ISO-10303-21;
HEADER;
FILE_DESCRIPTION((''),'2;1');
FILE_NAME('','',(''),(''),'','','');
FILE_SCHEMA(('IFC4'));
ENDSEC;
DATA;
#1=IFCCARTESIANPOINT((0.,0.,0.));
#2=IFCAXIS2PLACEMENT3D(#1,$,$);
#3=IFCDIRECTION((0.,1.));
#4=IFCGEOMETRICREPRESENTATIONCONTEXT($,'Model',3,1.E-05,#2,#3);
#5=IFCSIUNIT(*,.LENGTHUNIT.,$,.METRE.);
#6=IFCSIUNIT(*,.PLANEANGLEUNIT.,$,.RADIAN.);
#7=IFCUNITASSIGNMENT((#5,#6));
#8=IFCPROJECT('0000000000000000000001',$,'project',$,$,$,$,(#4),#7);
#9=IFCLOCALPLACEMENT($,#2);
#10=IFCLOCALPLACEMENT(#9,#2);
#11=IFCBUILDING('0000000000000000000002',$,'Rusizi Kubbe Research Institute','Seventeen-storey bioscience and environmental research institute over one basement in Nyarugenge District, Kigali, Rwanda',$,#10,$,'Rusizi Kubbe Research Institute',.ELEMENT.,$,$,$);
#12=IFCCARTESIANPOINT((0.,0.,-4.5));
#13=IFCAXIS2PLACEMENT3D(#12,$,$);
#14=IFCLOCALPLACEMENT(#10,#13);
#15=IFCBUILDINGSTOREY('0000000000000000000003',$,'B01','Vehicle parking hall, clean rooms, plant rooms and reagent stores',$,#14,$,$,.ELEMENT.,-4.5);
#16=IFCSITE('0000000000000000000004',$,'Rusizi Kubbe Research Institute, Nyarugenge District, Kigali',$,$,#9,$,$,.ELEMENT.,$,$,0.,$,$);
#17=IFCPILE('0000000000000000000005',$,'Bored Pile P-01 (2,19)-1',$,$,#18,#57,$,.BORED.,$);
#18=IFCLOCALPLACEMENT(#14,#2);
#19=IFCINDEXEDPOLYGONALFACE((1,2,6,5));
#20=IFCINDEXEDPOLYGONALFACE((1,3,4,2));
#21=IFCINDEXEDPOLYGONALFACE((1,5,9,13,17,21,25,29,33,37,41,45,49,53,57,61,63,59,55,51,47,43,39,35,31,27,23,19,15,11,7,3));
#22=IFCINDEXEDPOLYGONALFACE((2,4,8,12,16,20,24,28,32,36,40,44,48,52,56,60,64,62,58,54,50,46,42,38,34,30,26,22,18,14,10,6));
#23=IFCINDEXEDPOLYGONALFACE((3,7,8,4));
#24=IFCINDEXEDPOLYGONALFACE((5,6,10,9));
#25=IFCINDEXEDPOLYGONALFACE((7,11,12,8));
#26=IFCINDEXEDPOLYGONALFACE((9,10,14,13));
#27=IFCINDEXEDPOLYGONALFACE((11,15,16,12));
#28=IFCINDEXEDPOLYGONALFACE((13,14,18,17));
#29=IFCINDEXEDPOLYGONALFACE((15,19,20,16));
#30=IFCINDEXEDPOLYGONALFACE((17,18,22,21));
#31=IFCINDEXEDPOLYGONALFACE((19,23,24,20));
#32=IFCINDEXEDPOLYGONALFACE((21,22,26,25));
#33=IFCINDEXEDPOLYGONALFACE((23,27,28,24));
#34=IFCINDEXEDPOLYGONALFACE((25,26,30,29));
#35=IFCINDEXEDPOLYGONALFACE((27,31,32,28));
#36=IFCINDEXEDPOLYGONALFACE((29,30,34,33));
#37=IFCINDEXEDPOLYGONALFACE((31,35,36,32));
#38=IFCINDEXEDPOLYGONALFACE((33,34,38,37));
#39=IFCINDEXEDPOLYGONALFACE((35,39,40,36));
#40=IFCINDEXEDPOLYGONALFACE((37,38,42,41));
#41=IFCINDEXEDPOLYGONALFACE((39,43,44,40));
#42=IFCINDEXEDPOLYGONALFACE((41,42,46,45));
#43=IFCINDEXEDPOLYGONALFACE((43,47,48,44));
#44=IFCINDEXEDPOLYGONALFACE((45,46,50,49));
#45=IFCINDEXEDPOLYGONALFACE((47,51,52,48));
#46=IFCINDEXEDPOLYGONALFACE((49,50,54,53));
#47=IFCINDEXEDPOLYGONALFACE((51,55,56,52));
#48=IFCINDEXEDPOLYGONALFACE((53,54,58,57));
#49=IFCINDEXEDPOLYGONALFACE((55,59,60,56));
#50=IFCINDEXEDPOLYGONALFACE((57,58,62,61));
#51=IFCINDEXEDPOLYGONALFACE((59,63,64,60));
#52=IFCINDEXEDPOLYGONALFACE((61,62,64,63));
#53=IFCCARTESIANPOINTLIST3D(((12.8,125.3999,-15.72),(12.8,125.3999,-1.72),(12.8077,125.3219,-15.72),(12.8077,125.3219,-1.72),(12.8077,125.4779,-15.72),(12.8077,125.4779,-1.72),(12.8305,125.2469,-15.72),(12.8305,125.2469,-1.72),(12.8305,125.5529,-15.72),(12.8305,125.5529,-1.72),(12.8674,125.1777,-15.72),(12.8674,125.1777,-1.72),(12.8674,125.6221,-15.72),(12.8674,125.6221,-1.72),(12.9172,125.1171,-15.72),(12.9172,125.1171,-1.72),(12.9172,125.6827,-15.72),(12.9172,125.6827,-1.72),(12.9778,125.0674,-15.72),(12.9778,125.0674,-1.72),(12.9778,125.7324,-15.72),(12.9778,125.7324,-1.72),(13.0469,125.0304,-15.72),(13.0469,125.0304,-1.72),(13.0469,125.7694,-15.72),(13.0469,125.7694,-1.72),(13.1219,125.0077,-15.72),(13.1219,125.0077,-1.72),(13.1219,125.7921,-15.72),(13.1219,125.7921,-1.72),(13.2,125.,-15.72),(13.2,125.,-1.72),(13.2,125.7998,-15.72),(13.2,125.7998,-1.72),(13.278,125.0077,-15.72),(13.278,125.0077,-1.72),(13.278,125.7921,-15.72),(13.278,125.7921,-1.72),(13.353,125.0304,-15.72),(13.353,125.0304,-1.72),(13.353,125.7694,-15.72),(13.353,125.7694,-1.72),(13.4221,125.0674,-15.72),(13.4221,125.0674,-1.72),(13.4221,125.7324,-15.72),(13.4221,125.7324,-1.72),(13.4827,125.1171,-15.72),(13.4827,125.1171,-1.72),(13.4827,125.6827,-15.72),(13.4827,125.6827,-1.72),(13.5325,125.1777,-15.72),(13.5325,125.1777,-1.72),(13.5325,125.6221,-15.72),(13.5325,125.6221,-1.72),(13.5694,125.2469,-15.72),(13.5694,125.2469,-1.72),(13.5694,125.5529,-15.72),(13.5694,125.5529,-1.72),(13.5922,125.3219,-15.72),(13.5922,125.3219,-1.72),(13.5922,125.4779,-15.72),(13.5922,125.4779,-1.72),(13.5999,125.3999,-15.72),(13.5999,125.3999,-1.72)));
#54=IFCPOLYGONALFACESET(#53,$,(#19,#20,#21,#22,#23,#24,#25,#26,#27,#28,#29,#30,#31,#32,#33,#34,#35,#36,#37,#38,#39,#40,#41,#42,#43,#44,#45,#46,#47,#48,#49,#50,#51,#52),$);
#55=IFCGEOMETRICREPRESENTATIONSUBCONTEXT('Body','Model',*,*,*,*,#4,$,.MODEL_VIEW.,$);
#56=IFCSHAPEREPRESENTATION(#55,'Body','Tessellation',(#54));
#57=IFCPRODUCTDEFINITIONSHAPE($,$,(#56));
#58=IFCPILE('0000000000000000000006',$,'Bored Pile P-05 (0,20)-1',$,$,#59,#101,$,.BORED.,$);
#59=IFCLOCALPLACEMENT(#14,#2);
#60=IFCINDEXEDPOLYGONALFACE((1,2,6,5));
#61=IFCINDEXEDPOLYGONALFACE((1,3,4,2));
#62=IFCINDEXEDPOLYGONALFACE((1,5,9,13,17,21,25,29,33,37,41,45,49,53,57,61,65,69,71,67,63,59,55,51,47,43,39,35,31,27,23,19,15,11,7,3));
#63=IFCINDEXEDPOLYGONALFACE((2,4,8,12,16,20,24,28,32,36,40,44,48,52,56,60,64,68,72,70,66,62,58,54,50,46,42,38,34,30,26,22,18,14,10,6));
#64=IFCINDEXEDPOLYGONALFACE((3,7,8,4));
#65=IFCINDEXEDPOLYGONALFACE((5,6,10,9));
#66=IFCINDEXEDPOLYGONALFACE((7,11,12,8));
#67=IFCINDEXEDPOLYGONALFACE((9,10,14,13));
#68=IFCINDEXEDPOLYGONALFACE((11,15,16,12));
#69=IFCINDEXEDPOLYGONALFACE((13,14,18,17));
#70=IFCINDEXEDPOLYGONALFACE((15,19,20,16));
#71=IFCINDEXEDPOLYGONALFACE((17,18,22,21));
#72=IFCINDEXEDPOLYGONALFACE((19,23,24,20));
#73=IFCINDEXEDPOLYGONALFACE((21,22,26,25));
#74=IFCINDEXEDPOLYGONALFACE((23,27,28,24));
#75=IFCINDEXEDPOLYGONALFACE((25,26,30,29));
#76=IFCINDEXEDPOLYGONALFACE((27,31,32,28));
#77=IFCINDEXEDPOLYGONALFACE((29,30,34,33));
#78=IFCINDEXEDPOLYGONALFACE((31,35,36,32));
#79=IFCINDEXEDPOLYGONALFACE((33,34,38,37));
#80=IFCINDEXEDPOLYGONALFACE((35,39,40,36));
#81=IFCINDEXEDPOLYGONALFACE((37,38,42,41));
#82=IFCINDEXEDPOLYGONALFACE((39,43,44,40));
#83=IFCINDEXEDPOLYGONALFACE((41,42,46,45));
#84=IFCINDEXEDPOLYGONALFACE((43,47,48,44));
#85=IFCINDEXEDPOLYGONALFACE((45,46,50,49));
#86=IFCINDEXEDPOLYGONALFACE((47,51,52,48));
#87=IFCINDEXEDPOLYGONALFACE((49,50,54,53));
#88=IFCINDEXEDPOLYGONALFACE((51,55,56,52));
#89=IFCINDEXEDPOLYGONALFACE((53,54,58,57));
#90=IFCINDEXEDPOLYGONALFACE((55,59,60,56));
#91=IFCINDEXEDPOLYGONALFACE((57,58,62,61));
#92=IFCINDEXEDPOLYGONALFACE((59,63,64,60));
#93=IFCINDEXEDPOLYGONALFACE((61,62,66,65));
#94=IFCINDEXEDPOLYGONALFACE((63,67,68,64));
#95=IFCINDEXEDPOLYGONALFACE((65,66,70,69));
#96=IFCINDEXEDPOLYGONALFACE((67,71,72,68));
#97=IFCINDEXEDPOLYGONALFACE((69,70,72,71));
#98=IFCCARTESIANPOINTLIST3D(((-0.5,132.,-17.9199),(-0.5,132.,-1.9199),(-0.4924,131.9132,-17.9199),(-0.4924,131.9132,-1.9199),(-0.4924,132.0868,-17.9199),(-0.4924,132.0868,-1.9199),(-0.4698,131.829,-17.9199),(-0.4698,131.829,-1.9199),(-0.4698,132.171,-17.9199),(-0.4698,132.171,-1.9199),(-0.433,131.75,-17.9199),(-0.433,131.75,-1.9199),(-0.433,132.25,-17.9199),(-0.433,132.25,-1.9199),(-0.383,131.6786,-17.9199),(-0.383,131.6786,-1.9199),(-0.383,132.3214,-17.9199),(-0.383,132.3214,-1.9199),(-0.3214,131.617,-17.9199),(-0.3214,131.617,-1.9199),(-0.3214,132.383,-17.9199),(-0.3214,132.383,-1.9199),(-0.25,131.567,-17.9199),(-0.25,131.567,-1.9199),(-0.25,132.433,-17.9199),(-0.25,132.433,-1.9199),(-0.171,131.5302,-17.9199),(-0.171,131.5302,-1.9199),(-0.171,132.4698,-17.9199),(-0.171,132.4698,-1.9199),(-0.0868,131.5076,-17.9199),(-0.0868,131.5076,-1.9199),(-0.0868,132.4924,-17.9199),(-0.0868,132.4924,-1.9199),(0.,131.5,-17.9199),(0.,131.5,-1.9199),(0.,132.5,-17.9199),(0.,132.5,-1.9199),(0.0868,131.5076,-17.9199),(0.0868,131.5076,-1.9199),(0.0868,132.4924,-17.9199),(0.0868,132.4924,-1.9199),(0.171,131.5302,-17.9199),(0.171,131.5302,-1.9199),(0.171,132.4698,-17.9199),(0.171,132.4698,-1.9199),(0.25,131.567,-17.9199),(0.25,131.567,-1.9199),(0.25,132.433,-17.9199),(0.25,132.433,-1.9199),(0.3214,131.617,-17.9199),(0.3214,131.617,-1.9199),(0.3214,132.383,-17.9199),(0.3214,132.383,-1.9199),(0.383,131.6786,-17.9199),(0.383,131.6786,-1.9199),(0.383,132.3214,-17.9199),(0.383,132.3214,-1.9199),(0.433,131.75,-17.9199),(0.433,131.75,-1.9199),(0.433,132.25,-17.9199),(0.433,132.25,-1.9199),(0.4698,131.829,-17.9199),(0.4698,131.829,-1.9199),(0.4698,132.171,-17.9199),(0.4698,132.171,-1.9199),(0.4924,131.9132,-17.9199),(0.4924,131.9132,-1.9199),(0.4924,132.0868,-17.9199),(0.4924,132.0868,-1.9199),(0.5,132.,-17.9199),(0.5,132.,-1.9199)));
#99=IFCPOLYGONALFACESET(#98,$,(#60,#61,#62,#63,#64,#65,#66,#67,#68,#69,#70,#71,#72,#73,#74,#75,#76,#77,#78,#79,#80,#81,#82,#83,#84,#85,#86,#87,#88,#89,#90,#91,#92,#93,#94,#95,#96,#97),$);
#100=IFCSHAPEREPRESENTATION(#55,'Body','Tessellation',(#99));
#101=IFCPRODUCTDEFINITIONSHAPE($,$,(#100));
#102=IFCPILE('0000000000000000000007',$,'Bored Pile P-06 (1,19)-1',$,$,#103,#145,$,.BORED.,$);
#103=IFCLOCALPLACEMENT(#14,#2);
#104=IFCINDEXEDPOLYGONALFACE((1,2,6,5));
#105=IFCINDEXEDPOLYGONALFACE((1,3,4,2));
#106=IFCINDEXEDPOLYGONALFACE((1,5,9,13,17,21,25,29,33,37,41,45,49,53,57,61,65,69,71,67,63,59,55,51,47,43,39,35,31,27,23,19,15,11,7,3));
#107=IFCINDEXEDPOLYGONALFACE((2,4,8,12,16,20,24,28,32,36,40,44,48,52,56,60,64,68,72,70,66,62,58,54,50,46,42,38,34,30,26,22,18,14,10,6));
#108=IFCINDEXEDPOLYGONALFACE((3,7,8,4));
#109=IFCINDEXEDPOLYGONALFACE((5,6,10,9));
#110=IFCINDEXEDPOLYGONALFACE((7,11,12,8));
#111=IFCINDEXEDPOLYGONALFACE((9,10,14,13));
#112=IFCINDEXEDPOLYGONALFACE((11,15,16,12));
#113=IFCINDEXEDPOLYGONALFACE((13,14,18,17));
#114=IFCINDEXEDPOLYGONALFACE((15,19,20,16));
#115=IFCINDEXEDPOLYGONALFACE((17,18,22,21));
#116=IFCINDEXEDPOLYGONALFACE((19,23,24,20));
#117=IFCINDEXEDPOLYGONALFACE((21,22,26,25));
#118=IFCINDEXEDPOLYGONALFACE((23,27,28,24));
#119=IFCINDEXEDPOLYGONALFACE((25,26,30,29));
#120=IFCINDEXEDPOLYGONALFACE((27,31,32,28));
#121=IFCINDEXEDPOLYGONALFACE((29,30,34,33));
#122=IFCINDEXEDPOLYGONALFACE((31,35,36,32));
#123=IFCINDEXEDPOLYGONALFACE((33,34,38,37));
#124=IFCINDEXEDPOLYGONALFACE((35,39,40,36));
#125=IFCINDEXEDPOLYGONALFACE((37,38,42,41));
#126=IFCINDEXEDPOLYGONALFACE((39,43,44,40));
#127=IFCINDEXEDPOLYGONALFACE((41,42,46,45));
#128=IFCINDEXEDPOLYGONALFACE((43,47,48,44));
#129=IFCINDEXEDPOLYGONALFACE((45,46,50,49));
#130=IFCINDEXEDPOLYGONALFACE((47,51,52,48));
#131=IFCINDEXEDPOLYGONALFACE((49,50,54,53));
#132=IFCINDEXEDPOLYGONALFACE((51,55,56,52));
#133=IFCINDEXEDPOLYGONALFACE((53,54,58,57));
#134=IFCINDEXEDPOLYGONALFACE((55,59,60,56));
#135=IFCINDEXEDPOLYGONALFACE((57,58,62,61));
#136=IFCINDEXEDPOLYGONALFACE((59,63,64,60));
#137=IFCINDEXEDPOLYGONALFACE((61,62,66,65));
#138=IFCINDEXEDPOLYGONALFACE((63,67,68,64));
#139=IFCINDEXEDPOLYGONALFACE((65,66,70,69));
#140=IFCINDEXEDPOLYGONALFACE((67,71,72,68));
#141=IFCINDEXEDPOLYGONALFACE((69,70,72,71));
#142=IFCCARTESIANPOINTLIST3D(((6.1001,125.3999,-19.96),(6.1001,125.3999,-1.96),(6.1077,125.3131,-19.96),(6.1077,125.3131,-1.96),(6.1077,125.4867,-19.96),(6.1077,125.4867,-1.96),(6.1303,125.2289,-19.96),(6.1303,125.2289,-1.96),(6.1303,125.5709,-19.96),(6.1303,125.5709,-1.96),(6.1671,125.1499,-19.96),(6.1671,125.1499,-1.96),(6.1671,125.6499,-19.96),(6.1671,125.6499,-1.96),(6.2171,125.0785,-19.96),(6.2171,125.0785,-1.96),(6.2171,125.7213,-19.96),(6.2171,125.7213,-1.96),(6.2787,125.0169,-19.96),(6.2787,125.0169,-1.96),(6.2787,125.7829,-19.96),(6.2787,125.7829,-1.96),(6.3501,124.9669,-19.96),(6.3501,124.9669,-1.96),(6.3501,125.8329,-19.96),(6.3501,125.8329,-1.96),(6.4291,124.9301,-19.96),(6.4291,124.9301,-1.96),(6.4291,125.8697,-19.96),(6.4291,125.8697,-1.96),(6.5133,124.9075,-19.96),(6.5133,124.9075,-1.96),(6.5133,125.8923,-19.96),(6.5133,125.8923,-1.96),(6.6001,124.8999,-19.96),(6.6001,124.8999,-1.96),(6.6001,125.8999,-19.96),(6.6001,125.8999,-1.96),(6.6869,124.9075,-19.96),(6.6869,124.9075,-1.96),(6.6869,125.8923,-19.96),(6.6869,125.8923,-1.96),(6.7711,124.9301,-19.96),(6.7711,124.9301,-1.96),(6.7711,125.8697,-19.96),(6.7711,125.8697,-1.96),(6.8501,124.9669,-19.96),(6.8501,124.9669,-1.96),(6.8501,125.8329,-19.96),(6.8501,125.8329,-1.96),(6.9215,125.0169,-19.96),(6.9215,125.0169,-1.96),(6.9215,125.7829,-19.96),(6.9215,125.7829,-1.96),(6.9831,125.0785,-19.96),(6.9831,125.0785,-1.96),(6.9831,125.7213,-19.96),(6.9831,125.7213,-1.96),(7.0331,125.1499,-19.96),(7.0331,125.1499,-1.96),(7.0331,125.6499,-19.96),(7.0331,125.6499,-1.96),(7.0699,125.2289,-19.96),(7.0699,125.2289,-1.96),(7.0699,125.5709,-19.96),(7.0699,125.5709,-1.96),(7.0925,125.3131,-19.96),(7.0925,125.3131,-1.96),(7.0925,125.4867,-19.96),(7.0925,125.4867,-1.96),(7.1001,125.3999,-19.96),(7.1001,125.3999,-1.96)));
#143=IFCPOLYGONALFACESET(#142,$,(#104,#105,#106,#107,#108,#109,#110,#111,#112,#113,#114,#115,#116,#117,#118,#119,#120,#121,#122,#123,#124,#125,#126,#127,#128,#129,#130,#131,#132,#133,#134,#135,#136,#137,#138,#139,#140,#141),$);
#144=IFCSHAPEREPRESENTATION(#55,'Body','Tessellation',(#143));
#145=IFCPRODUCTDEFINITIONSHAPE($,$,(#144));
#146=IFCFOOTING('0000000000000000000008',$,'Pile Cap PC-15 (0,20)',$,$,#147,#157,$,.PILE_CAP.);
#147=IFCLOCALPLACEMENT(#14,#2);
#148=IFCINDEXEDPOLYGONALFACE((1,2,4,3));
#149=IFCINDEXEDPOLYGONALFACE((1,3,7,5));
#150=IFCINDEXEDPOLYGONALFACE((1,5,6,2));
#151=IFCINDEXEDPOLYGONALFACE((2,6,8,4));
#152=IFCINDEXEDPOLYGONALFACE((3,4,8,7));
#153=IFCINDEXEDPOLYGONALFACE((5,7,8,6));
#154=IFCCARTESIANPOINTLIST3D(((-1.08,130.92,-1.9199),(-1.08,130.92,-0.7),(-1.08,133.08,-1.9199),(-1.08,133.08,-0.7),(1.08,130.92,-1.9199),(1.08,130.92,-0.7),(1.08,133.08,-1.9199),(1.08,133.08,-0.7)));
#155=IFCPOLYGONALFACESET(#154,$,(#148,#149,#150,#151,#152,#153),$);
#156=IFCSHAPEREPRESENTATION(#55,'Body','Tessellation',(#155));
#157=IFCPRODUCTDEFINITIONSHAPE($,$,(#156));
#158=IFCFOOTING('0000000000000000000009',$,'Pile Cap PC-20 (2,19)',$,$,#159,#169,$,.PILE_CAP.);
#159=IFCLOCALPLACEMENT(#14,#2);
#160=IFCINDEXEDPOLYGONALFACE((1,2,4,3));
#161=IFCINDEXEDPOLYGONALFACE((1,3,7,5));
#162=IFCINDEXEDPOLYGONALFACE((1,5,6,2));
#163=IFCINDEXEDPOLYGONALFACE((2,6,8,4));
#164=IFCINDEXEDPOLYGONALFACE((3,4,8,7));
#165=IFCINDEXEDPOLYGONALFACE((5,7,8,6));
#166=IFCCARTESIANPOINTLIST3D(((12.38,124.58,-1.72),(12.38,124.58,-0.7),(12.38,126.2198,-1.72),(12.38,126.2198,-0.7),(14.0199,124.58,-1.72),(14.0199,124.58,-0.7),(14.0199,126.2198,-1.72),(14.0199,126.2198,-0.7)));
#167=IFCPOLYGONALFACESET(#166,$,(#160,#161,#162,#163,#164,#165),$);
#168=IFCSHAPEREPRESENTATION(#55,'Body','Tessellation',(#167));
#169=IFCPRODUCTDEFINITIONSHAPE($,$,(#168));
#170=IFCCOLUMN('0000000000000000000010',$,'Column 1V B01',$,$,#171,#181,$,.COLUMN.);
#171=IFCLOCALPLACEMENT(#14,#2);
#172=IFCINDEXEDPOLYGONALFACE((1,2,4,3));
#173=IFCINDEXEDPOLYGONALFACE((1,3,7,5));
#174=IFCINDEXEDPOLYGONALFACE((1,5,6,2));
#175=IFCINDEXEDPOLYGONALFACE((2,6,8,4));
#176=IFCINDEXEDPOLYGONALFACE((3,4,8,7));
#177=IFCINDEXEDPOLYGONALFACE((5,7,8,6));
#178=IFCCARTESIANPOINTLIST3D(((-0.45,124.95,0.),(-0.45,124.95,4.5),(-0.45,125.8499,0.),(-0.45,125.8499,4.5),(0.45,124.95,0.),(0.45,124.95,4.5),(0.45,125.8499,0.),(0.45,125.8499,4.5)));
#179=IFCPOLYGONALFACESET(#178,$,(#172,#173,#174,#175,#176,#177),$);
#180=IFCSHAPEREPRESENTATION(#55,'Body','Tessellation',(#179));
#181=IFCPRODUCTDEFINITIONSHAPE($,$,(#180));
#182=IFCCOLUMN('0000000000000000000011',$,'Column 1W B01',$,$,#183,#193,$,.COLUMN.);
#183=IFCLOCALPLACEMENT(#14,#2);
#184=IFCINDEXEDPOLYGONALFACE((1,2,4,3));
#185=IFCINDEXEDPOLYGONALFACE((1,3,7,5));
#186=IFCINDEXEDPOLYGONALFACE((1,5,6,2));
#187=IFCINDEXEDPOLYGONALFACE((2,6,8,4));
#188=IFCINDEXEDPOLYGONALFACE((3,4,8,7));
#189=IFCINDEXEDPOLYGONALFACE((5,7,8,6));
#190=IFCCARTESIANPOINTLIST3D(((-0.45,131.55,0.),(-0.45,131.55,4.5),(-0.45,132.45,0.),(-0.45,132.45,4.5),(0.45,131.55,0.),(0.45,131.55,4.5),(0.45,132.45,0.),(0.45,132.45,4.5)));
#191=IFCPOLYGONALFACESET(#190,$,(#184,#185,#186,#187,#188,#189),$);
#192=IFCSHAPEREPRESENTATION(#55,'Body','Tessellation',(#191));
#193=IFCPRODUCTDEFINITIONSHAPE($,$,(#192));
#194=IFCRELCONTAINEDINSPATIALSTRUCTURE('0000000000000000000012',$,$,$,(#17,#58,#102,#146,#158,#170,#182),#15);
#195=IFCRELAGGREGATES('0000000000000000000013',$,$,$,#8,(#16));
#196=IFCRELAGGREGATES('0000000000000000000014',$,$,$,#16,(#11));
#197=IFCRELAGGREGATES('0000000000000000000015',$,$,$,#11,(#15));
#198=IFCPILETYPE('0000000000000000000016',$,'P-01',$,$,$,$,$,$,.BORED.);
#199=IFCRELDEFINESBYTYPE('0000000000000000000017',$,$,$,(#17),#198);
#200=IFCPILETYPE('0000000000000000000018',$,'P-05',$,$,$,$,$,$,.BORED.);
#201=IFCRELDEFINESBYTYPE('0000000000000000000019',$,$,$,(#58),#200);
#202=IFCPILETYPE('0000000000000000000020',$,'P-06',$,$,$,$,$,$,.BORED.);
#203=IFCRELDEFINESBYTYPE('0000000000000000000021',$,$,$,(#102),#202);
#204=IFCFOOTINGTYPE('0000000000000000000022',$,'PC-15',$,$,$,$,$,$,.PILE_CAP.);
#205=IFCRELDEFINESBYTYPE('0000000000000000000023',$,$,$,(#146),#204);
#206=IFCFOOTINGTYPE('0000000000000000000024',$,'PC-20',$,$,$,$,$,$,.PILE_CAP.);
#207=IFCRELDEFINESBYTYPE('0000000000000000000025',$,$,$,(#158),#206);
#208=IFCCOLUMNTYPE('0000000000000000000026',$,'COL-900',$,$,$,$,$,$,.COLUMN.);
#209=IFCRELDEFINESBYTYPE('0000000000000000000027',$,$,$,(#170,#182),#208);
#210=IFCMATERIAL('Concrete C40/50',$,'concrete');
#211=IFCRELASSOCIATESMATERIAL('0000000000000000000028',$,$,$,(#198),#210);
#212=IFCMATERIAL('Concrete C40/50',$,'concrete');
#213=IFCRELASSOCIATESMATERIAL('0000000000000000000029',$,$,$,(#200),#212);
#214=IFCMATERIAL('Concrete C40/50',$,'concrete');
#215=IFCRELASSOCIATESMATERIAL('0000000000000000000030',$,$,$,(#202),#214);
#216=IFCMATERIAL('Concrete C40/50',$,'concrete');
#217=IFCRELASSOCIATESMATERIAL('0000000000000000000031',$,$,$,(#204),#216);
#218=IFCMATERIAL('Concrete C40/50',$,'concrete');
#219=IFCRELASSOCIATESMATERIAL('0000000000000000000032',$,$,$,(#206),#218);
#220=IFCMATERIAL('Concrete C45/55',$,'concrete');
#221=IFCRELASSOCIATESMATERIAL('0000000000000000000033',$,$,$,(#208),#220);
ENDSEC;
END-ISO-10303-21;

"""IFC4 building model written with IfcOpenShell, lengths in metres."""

from ifc_helpers import new_model, si_unit, direction, frame, origin, origin_2d, place, context, subcontext, project, spatial, rectangle, circle, extrude, material, material_profile, profile_set, type_object, element, save


model = new_model("IFC4")

# Units and contexts
model_context = context("Model", 3, precision=1e-05, world=origin(), true_north=direction((0.0, 1.0)))
body_context = subcontext(model_context, "Body", "Model", "MODEL_VIEW")
ifc_project = project(units=[si_unit("LENGTHUNIT", "METRE"), si_unit("PLANEANGLEUNIT", "RADIAN")], contexts=[model_context])

# Site, building, storey
site_placement = place(None, origin())
site = spatial("IfcSite", under=ifc_project, at=site_placement, Name="Rusizi Kubbe Research Institute, Nyarugenge District, Kigali", CompositionType="ELEMENT", RefElevation=0.0)
building_placement = place(site_placement, origin())
building = spatial("IfcBuilding", under=site, at=building_placement, Name="Rusizi Kubbe Research Institute", Description="Seventeen-storey bioscience and environmental research institute over one basement in Nyarugenge District, Kigali, Rwanda", LongName="Rusizi Kubbe Research Institute", CompositionType="ELEMENT")
storey_placement = place(building_placement, frame((0.0, 0.0, -4.5)))
storey = spatial("IfcBuildingStorey", under=building, at=storey_placement, Name="B01", Description="Vehicle parking hall, clean rooms, plant rooms and reagent stores", CompositionType="ELEMENT", Elevation=-4.5)

# Piles
ifc_material_1 = material(Name="Concrete C40/50", Category="concrete")
ifc_material_profile_1 = material_profile(ifc_material_1, circle(Radius=0.3999, at=origin_2d()), Name="PILE-D800")
ifc_profile_set_1 = profile_set([ifc_material_profile_1], Name="Concrete C40/50")
pile_type_1 = type_object("IfcPileType", Name="P-01", PredefinedType="BORED", material=ifc_profile_set_1)
pile_1_placement = place(storey_placement, frame((13.2, 125.3999, -1.72), z_axis=(0.0, 0.0, -1.0), x_axis=(1.0, 0.0, 0.0)))
element("IfcPile", 1, at=pile_1_placement, inside=storey, type_object=pile_type_1, Name="Bored Pile P-01 (2,19)-1", PredefinedType="BORED", context=body_context, shape_type="SweptSolid", body=[
    extrude(circle(Radius=0.3999, at=origin_2d()), origin(), (0.0, 0.0, 1.0), 14.0),
])
ifc_material_2 = material(Name="Concrete C40/50", Category="concrete")
ifc_material_profile_2 = material_profile(ifc_material_2, circle(Radius=0.5, at=origin_2d()), Name="PILE-D1000")
ifc_profile_set_2 = profile_set([ifc_material_profile_2], Name="Concrete C40/50")
pile_type_2 = type_object("IfcPileType", Name="P-05", PredefinedType="BORED", material=ifc_profile_set_2)
pile_2_placement = place(storey_placement, frame((0.0, 132.0, -1.9199), z_axis=(0.0, 0.0, -1.0), x_axis=(1.0, 0.0, 0.0)))
element("IfcPile", 2, at=pile_2_placement, inside=storey, type_object=pile_type_2, Name="Bored Pile P-05 (0,20)-1", PredefinedType="BORED", context=body_context, shape_type="SweptSolid", body=[
    extrude(circle(Radius=0.5, at=origin_2d()), origin(), (0.0, 0.0, 1.0), 16.0),
])
ifc_material_3 = material(Name="Concrete C40/50", Category="concrete")
ifc_material_profile_3 = material_profile(ifc_material_3, circle(Radius=0.5, at=origin_2d()), Name="PILE-D1000")
ifc_profile_set_3 = profile_set([ifc_material_profile_3], Name="Concrete C40/50")
pile_type_3 = type_object("IfcPileType", Name="P-06", PredefinedType="BORED", material=ifc_profile_set_3)
pile_3_placement = place(storey_placement, frame((6.6001, 125.3999, -1.96), z_axis=(0.0, 0.0, -1.0), x_axis=(1.0, 0.0, 0.0)))
element("IfcPile", 3, at=pile_3_placement, inside=storey, type_object=pile_type_3, Name="Bored Pile P-06 (1,19)-1", PredefinedType="BORED", context=body_context, shape_type="SweptSolid", body=[
    extrude(circle(Radius=0.5, at=origin_2d()), origin(), (0.0, 0.0, 1.0), 18.0),
])

# Footings
ifc_material_4 = material(Name="Concrete C40/50", Category="concrete")
footing_type_1 = type_object("IfcFootingType", Name="PC-15", PredefinedType="PILE_CAP", material=ifc_material_4)
footing_1_placement = place(storey_placement, frame((0.0, 132.0, -1.9199), z_axis=(0.0, 0.0, 1.0), x_axis=(1.0, 0.0, 0.0)))
element("IfcFooting", 4, at=footing_1_placement, inside=storey, type_object=footing_type_1, Name="Pile Cap PC-15 (0,20)", PredefinedType="PILE_CAP", context=body_context, shape_type="SweptSolid", body=[
    extrude(rectangle(XDim=2.1599, YDim=2.1599, at=origin_2d()), origin(), (0.0, 0.0, 1.0), 1.22),
])
ifc_material_5 = material(Name="Concrete C40/50", Category="concrete")
footing_type_2 = type_object("IfcFootingType", Name="PC-20", PredefinedType="PILE_CAP", material=ifc_material_5)
footing_2_placement = place(storey_placement, frame((13.2, 125.3999, -1.72), z_axis=(0.0, 0.0, 1.0), x_axis=(1.0, 0.0, 0.0)))
element("IfcFooting", 5, at=footing_2_placement, inside=storey, type_object=footing_type_2, Name="Pile Cap PC-20 (2,19)", PredefinedType="PILE_CAP", context=body_context, shape_type="SweptSolid", body=[
    extrude(rectangle(XDim=1.6399, YDim=1.6399, at=origin_2d()), origin(), (0.0, 0.0, 1.0), 1.02),
])

# Columns
ifc_material_6 = material(Name="Concrete C45/55", Category="concrete")
ifc_material_profile_4 = material_profile(ifc_material_6, rectangle(XDim=0.8999, YDim=0.8999, at=origin_2d()), Name="RC900x900")
ifc_profile_set_4 = profile_set([ifc_material_profile_4], Name="Concrete C45/55")
column_type = type_object("IfcColumnType", Name="COL-900", PredefinedType="COLUMN", material=ifc_profile_set_4)
for number, where, z_axis, x_axis, name in (
    (6, (0.0, 125.3999, 0.0), (0.0, 0.0, 1.0), (1.0, 0.0, 0.0), "Column 1V B01"),
    (7, (0.0, 132.0, 0.0), (0.0, 0.0, 1.0), (1.0, 0.0, 0.0), "Column 1W B01"),
):
    element("IfcColumn", number, at=place(storey_placement, frame(where, z_axis=z_axis, x_axis=x_axis)), inside=storey, type_object=column_type, Name=name, PredefinedType="COLUMN", context=body_context, shape_type="SweptSolid", body=[
        extrude(rectangle(XDim=0.8999, YDim=0.8999, at=origin_2d()), origin(), (0.0, 0.0, 1.0), 4.5),
    ])

save(model, "model.ifc")
